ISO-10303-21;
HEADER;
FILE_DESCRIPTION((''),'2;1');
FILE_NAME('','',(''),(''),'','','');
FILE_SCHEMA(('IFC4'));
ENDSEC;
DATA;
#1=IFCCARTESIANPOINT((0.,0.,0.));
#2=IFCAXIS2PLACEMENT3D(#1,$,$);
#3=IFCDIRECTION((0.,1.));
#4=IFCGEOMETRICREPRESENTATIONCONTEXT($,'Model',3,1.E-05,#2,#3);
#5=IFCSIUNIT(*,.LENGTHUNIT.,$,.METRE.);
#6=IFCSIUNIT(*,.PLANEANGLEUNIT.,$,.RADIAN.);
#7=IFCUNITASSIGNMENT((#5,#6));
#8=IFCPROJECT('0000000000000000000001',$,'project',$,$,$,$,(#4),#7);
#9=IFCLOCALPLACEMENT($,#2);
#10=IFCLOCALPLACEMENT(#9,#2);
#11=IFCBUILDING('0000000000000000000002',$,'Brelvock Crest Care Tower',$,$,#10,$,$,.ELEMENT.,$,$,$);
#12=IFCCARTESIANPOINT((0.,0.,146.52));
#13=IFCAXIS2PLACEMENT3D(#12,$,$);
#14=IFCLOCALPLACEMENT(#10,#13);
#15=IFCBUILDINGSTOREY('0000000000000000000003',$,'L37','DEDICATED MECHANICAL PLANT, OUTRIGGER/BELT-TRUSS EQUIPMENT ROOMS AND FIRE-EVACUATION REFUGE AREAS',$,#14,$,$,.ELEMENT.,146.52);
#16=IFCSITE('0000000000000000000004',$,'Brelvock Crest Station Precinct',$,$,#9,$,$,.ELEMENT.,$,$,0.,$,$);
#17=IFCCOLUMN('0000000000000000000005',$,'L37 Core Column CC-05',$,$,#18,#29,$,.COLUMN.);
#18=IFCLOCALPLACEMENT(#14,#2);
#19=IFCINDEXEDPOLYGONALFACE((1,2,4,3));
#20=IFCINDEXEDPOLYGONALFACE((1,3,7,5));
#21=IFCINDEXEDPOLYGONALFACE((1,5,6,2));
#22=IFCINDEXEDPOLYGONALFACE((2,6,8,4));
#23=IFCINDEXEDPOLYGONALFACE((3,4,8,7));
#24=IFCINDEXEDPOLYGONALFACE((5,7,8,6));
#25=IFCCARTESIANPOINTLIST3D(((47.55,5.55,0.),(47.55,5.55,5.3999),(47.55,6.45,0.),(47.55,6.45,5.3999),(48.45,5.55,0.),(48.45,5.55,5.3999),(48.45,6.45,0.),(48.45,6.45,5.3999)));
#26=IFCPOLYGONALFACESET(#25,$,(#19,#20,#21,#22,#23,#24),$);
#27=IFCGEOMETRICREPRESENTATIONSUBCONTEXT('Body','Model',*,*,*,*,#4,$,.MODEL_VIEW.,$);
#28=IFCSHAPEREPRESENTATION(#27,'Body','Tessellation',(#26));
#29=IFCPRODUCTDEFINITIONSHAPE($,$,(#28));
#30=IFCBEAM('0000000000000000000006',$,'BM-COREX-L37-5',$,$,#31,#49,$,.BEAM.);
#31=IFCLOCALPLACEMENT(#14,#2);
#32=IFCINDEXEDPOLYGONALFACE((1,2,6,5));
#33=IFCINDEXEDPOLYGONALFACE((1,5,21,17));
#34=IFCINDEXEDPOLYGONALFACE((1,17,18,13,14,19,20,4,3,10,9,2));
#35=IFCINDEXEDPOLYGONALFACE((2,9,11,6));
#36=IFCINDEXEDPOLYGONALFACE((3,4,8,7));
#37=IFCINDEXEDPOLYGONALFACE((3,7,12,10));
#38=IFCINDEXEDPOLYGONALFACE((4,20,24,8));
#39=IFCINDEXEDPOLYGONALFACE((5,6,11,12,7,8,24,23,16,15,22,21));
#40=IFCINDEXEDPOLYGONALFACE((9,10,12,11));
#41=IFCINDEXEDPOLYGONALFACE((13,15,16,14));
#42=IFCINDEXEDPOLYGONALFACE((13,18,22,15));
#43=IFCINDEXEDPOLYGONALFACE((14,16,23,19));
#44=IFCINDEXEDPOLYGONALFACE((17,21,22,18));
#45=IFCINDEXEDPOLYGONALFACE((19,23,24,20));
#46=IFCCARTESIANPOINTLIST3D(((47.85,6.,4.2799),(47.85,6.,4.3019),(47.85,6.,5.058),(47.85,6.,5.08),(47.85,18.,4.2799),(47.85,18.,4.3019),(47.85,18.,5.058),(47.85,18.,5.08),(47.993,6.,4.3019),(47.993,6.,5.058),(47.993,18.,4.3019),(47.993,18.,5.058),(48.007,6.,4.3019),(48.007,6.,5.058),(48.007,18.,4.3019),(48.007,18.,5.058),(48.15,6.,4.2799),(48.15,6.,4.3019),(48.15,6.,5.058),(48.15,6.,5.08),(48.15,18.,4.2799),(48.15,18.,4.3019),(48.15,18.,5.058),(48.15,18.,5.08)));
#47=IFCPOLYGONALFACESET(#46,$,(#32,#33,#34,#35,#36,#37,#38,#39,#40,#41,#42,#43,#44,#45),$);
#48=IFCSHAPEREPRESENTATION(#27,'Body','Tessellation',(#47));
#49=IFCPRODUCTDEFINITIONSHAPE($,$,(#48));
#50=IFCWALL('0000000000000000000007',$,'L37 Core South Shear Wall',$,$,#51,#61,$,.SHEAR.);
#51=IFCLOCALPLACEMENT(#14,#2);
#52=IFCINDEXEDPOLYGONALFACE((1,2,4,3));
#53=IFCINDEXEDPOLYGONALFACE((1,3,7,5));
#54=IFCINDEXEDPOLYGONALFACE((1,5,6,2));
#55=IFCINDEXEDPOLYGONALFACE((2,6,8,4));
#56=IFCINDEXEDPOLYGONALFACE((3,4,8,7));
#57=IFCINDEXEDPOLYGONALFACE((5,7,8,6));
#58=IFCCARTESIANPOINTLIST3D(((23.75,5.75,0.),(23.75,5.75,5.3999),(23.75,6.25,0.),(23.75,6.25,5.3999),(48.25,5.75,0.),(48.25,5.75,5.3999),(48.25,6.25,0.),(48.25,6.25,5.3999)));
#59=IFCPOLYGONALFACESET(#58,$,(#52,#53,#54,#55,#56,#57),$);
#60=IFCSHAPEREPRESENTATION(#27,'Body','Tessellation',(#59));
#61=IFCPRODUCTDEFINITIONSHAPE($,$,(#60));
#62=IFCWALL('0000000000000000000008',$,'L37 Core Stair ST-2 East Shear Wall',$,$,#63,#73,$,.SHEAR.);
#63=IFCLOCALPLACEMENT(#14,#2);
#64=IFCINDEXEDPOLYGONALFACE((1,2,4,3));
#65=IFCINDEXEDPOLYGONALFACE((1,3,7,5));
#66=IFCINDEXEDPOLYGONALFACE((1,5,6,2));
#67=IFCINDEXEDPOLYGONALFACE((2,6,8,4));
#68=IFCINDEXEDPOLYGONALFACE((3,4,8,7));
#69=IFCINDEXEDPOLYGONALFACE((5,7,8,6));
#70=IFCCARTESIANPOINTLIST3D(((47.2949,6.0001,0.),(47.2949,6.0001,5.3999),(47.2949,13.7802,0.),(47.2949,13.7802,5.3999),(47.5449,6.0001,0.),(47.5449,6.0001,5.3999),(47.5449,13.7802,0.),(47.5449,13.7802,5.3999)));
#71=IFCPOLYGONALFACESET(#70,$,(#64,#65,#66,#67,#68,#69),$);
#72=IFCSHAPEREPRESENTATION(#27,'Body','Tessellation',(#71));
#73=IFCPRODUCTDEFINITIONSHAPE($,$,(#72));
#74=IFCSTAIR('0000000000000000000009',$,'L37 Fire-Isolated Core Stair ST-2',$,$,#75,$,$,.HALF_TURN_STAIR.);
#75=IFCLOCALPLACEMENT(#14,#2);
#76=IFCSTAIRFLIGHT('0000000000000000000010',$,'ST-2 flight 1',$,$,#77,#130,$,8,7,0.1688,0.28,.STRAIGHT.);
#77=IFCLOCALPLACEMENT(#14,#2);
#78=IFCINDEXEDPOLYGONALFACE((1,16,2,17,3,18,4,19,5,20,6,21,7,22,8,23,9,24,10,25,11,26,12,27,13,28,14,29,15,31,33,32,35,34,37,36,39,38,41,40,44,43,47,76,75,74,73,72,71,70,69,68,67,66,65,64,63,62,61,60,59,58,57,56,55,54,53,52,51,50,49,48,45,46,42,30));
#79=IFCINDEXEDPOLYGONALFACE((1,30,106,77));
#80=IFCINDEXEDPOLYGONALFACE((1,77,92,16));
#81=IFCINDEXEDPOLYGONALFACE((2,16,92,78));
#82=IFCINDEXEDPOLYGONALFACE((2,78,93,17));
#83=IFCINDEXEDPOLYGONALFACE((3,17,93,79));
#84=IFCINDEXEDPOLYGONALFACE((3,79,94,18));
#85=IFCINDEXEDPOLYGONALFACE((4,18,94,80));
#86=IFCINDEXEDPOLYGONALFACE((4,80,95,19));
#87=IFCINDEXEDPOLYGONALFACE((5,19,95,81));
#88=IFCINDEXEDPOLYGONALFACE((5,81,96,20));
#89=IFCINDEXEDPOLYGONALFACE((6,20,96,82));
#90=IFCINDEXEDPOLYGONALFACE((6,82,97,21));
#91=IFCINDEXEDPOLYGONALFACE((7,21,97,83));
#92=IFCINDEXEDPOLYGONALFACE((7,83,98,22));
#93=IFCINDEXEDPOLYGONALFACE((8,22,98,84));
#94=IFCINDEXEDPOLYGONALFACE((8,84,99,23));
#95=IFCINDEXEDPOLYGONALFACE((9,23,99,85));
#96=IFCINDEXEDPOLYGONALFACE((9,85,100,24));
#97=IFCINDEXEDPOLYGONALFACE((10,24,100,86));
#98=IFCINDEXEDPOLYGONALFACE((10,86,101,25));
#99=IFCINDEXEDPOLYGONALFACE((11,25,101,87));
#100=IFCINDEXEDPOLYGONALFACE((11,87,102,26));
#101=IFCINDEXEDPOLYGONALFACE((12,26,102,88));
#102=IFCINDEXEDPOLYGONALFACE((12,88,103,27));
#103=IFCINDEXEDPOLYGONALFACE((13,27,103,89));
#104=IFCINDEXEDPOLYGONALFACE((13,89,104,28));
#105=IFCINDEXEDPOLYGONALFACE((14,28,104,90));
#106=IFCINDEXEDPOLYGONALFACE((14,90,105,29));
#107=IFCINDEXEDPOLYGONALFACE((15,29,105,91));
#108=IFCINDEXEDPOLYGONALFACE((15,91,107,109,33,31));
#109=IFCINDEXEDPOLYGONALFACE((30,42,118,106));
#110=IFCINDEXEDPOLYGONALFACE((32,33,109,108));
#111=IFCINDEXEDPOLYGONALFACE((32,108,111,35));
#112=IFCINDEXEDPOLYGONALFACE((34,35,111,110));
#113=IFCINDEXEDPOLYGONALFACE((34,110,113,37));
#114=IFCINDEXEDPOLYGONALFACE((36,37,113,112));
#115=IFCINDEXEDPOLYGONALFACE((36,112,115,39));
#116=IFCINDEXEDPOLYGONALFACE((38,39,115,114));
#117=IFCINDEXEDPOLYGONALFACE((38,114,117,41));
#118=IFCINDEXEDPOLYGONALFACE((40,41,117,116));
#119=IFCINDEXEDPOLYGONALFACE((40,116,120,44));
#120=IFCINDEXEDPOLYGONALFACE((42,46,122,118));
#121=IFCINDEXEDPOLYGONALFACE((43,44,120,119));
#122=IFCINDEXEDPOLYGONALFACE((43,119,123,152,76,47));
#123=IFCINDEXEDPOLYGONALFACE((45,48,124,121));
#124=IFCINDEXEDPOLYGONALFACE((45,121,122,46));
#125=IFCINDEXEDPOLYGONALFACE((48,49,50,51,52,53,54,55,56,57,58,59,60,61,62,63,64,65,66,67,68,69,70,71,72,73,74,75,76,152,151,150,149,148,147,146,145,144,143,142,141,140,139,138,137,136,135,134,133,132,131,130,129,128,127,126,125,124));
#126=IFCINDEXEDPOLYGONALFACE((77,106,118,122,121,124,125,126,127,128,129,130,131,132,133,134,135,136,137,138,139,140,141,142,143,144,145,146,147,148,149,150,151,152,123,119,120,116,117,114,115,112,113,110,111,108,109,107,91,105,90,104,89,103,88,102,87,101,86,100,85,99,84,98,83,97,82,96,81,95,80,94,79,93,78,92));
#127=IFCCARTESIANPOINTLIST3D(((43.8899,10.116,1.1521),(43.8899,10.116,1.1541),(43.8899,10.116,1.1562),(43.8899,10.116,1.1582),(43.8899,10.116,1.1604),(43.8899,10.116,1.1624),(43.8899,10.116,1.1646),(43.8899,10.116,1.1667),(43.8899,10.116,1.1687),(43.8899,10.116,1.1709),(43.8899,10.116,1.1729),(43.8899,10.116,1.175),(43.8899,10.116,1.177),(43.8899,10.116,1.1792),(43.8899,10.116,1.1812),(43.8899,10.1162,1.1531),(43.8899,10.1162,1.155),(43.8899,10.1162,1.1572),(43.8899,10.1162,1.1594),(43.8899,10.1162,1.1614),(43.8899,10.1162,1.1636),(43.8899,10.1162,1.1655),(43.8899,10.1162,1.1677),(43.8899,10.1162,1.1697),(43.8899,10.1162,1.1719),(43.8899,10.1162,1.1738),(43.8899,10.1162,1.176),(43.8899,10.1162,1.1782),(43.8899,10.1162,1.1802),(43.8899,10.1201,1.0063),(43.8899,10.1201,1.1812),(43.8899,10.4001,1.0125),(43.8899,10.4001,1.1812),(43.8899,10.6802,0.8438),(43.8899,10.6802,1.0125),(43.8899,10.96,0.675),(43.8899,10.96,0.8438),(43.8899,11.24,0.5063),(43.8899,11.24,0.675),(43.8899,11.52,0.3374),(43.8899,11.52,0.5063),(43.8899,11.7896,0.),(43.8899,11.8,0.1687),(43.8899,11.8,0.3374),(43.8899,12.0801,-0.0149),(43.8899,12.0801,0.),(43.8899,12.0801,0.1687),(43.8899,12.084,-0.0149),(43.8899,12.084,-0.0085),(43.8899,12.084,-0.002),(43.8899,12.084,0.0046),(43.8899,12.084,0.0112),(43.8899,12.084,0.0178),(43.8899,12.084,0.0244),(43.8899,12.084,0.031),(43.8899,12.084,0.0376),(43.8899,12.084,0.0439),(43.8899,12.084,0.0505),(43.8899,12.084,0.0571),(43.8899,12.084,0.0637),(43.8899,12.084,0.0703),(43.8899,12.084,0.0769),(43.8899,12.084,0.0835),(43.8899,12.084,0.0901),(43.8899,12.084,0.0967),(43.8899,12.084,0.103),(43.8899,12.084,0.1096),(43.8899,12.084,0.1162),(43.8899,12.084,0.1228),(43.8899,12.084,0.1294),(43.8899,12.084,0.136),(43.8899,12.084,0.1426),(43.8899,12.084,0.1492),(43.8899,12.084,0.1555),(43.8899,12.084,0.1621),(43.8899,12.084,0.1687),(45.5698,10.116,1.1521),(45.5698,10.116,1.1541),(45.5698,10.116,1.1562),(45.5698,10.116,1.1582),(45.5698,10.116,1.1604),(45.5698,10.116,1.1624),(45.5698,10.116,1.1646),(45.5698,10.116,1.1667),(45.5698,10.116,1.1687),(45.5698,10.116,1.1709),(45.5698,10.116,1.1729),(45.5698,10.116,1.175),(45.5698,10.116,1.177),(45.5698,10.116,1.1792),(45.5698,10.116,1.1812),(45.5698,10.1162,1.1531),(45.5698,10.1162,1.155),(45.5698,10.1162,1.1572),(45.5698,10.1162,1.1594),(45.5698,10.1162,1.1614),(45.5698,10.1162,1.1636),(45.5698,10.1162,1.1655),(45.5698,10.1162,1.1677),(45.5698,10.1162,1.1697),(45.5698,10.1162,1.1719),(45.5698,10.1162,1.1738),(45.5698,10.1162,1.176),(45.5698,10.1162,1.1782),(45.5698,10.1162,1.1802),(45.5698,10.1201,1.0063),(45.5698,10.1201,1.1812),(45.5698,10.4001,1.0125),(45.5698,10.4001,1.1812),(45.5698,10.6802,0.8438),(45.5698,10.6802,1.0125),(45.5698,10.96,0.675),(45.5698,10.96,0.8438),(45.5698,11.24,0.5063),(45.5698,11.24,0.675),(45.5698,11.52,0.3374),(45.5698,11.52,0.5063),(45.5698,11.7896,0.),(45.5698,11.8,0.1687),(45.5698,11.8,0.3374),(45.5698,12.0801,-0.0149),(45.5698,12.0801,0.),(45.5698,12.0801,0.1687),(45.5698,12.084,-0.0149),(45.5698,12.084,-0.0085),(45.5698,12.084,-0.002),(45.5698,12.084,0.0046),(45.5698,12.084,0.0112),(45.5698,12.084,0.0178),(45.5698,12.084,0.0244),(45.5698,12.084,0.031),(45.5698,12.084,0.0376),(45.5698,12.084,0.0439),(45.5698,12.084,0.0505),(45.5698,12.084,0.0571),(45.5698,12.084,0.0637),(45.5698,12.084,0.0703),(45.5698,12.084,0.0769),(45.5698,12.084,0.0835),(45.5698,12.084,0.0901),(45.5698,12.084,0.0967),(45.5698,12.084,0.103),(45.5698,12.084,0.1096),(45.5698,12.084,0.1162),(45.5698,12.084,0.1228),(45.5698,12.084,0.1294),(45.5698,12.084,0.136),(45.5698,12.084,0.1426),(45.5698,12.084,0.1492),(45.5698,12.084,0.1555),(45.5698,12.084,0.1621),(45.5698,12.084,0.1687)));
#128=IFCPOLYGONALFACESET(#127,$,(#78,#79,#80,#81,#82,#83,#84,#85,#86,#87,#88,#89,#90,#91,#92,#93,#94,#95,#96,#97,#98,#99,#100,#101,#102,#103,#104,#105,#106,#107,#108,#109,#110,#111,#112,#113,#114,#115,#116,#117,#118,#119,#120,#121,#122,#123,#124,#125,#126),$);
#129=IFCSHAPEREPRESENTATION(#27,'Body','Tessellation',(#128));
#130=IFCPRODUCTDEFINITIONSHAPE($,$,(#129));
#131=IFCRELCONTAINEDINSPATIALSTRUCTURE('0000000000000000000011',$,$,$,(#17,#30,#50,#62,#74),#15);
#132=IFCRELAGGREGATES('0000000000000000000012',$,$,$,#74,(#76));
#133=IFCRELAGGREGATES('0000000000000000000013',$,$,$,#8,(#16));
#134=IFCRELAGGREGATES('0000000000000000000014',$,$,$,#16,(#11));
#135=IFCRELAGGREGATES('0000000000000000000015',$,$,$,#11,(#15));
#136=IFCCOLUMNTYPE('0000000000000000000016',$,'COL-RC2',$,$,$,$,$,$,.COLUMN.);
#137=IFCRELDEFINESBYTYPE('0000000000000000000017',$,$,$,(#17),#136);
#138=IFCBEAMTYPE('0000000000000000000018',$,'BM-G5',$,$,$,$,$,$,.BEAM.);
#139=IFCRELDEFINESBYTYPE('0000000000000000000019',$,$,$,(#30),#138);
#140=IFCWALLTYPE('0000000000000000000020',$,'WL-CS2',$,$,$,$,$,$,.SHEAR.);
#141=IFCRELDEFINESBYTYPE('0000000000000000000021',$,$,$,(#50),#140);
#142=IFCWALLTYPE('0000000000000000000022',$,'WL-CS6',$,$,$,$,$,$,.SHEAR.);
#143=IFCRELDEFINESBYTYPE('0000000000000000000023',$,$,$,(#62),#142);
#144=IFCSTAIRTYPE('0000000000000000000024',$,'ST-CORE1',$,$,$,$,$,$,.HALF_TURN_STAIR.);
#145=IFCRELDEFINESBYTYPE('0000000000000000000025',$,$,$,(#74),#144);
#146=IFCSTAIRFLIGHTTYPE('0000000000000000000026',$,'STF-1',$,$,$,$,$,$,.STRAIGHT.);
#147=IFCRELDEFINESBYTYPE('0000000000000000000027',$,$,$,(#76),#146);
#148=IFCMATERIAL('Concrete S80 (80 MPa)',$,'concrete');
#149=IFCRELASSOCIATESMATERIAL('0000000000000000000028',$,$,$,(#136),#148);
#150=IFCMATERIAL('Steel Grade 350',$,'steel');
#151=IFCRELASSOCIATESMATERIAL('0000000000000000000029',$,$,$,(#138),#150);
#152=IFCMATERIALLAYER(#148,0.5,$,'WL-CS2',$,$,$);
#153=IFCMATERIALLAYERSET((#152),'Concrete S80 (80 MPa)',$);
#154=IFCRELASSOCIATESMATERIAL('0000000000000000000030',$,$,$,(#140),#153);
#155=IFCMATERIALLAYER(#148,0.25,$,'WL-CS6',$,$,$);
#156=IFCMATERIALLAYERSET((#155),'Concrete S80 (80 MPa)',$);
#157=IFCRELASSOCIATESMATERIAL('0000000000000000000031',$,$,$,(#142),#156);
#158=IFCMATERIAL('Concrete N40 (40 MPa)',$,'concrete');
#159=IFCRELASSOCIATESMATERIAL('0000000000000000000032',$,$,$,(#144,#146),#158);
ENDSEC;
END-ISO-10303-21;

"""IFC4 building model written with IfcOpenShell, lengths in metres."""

from ifc_helpers import new_model, si_unit, direction, frame, frame_2d, origin, origin_2d, place, context, subcontext, project, spatial, polyline, rectangle, i_section, outline, extrude, source, transform, mapped, material, layer, layer_set, material_profile, profile_set, type_object, element, aggregate, save


model = new_model("IFC4")

# Units and contexts
model_context = context("Model", 3, precision=1e-05, world=origin(), true_north=direction((0.0, 1.0)))
body_context = subcontext(model_context, "Body", "Model", "MODEL_VIEW")
ifc_project = project(units=[si_unit("LENGTHUNIT", "METRE"), si_unit("PLANEANGLEUNIT", "RADIAN")], contexts=[model_context])

# Site, building, storey
site_placement = place(None, origin())
site = spatial("IfcSite", under=ifc_project, at=site_placement, Name="Brelvock Crest Station Precinct", CompositionType="ELEMENT", RefElevation=0.0)
building_placement = place(site_placement, origin())
building = spatial("IfcBuilding", under=site, at=building_placement, Name="Brelvock Crest Care Tower", CompositionType="ELEMENT")
storey_placement = place(building_placement, frame((0.0, 0.0, 146.52)))
storey = spatial("IfcBuildingStorey", under=building, at=storey_placement, Name="L37", Description="DEDICATED MECHANICAL PLANT, OUTRIGGER/BELT-TRUSS EQUIPMENT ROOMS AND FIRE-EVACUATION REFUGE AREAS", CompositionType="ELEMENT", Elevation=146.52)

# Column
ifc_material_1 = material(Name="Concrete S80 (80 MPa)", Category="concrete")
ifc_material_profile_1 = material_profile(ifc_material_1, rectangle(XDim=0.8999, YDim=0.8999, at=origin_2d()), Name="RC900x900")
ifc_profile_set_1 = profile_set([ifc_material_profile_1], Name="Concrete S80 (80 MPa)")
column_type = type_object("IfcColumnType", Name="COL-RC2", PredefinedType="COLUMN", material=ifc_profile_set_1)
shared_shape_1 = source(origin(), body_context, "Body", "SweptSolid", [
    extrude(rectangle(XDim=0.8999, YDim=0.8999, at=origin_2d()), origin(), (0.0, 0.0, 1.0), 5.3999),
])
column_placement = place(storey_placement, frame((48.0, 6.0, 0.0), z_axis=(0.0, 0.0, 1.0), x_axis=(1.0, 0.0, 0.0)))
element("IfcColumn", 1, at=column_placement, inside=storey, type_object=column_type, Name="L37 Core Column CC-05", PredefinedType="COLUMN", context=body_context, shape_type="MappedRepresentation", body=[
    mapped(shared_shape_1, transform((0.0, 0.0, 0.0), x_axis=(1.0, 0.0, 0.0), y_axis=(0.0, 1.0, 0.0), z_axis=(0.0, 0.0, 1.0), scale=1.0)),
])

# Beam
ifc_material_2 = material(Name="Steel Grade 350", Category="steel")
ifc_material_profile_2 = material_profile(ifc_material_2, i_section(OverallWidth=0.3, OverallDepth=0.8, WebThickness=0.0139, FlangeThickness=0.022, at=origin_2d()), Name="800WB192")
ifc_profile_set_2 = profile_set([ifc_material_profile_2], Name="Steel Grade 350")
beam_type = type_object("IfcBeamType", Name="BM-G5", PredefinedType="BEAM", material=ifc_profile_set_2)
shared_shape_2 = source(origin(), body_context, "Body", "SweptSolid", [
    extrude(i_section(OverallWidth=0.3, OverallDepth=0.8, WebThickness=0.0139, FlangeThickness=0.022, at=origin_2d()), origin(), (0.0, 0.0, 1.0), 12.0),
])
beam_placement = place(storey_placement, frame((48.0, 6.0, 4.6799), z_axis=(0.0, 1.0, 0.0), x_axis=(-1.0, 0.0, 0.0)))
element("IfcBeam", 2, at=beam_placement, inside=storey, type_object=beam_type, Name="BM-COREX-L37-5", PredefinedType="BEAM", context=body_context, shape_type="MappedRepresentation", body=[
    mapped(shared_shape_2, transform((0.0, 0.0, 0.0), x_axis=(1.0, 0.0, 0.0), y_axis=(0.0, 1.0, 0.0), z_axis=(0.0, 0.0, 1.0), scale=1.0)),
])

# Walls
ifc_layer_1 = layer(ifc_material_1, 0.5, Name="WL-CS2")
ifc_layer_set_1 = layer_set([ifc_layer_1], Name="Concrete S80 (80 MPa)")
wall_type_1 = type_object("IfcWallType", Name="WL-CS2", PredefinedType="SHEAR", material=ifc_layer_set_1)
wall_1_placement = place(storey_placement, frame((48.25, 6.0, 0.0), z_axis=(0.0, 0.0, 1.0), x_axis=(-1.0, 0.0, 0.0)))
element("IfcWall", 3, at=wall_1_placement, inside=storey, type_object=wall_type_1, Name="L37 Core South Shear Wall", PredefinedType="SHEAR", context=body_context, shape_type="SweptSolid", body=[
    extrude(rectangle(XDim=24.5, YDim=0.5, at=frame_2d((12.25, 0.0))), origin(), (0.0, 0.0, 1.0), 5.3999),
])
ifc_layer_2 = layer(ifc_material_1, 0.25, Name="WL-CS6")
ifc_layer_set_2 = layer_set([ifc_layer_2], Name="Concrete S80 (80 MPa)")
wall_type_2 = type_object("IfcWallType", Name="WL-CS6", PredefinedType="SHEAR", material=ifc_layer_set_2)
wall_2_placement = place(storey_placement, frame((47.4199, 6.0, 0.0), z_axis=(0.0, 0.0, 1.0), x_axis=(0.0, 1.0, 0.0)))
element("IfcWall", 4, at=wall_2_placement, inside=storey, type_object=wall_type_2, Name="L37 Core Stair ST-2 East Shear Wall", PredefinedType="SHEAR", context=body_context, shape_type="SweptSolid", body=[
    extrude(rectangle(XDim=7.78, YDim=0.25, at=frame_2d((3.8901, 0.0))), origin(), (0.0, 0.0, 1.0), 5.3999),
])

# Stair, stair flight
ifc_material_3 = material(Name="Concrete N40 (40 MPa)", Category="concrete")
stair_type = type_object("IfcStairType", Name="ST-CORE1", PredefinedType="HALF_TURN_STAIR", material=ifc_material_3)
stair_placement = place(storey_placement, origin())
stair = element("IfcStair", 5, at=stair_placement, inside=storey, type_object=stair_type, Name="L37 Fire-Isolated Core Stair ST-2", PredefinedType="HALF_TURN_STAIR")
stair_flight_type = type_object("IfcStairFlightType", Name="STF-1", PredefinedType="STRAIGHT", material=ifc_material_3)
stair_flight_1_placement = place(storey_placement, frame((44.73, 12.0801, 0.0), z_axis=(0.0, 0.0, 1.0), x_axis=(0.0, -1.0, 0.0)))
stair_flight_1 = element("IfcStairFlight", 6, at=stair_flight_1_placement, type_object=stair_flight_type, Name="ST-2 flight 1", NumberOfRisers=8, NumberOfTreads=7, PredefinedType="STRAIGHT", RiserHeight=0.1688, TreadLength=0.28, context=body_context, shape_type="SweptSolid", body=[
    extrude(outline(polyline([(-0.0039, -0.0149), (-0.0039, -0.0085), (-0.0039, -0.002), (-0.0039, 0.0046), (-0.0039, 0.0112), (-0.0039, 0.0178), (-0.0039, 0.0244), (-0.0039, 0.031), (-0.0039, 0.0376), (-0.0039, 0.0439), (-0.0039, 0.0505), (-0.0039, 0.0571), (-0.0039, 0.0637), (-0.0039, 0.0703), (-0.0039, 0.0769), (-0.0039, 0.0835), (-0.0039, 0.0901), (-0.0039, 0.0967), (-0.0039, 0.103), (-0.0039, 0.1096), (-0.0039, 0.1162), (-0.0039, 0.1228), (-0.0039, 0.1294), (-0.0039, 0.136), (-0.0039, 0.1426), (-0.0039, 0.1492), (-0.0039, 0.1555), (-0.0039, 0.1621), (-0.0039, 0.1687), (0.0, 0.1687), (0.28, 0.1687), (0.28, 0.3374), (0.5601, 0.3374), (0.5601, 0.5063), (0.8401, 0.5063), (0.8401, 0.675), (1.1201, 0.675), (1.1201, 0.8438), (1.3999, 0.8438), (1.3999, 1.0125), (1.6799, 1.0125), (1.6799, 1.1812), (1.96, 1.1812), (1.9641, 1.1812), (1.9639, 1.1802), (1.9641, 1.1792), (1.9639, 1.1782), (1.9641, 1.177), (1.9639, 1.176), (1.9641, 1.175), (1.9639, 1.1738), (1.9641, 1.1729), (1.9639, 1.1719), (1.9641, 1.1709), (1.9639, 1.1697), (1.9641, 1.1687), (1.9639, 1.1677), (1.9641, 1.1667), (1.9639, 1.1655), (1.9641, 1.1646), (1.9639, 1.1636), (1.9641, 1.1624), (1.9639, 1.1614), (1.9641, 1.1604), (1.9639, 1.1594), (1.9641, 1.1582), (1.9639, 1.1572), (1.9641, 1.1562), (1.9639, 1.155), (1.9641, 1.1541), (1.9639, 1.1531), (1.9641, 1.1521), (1.96, 1.0063), (0.2905, 0.0), (0.0, 0.0), (0.0, -0.0149), (-0.0039, -0.0149)])), frame((0.0, 0.8398, 0.0), z_axis=(0.0, -1.0, 0.0), x_axis=(1.0, 0.0, 0.0)), (0.0, 0.0, 1.0), 1.6799),
])
aggregate(stair, [stair_flight_1])

save(model, "model.ifc")
